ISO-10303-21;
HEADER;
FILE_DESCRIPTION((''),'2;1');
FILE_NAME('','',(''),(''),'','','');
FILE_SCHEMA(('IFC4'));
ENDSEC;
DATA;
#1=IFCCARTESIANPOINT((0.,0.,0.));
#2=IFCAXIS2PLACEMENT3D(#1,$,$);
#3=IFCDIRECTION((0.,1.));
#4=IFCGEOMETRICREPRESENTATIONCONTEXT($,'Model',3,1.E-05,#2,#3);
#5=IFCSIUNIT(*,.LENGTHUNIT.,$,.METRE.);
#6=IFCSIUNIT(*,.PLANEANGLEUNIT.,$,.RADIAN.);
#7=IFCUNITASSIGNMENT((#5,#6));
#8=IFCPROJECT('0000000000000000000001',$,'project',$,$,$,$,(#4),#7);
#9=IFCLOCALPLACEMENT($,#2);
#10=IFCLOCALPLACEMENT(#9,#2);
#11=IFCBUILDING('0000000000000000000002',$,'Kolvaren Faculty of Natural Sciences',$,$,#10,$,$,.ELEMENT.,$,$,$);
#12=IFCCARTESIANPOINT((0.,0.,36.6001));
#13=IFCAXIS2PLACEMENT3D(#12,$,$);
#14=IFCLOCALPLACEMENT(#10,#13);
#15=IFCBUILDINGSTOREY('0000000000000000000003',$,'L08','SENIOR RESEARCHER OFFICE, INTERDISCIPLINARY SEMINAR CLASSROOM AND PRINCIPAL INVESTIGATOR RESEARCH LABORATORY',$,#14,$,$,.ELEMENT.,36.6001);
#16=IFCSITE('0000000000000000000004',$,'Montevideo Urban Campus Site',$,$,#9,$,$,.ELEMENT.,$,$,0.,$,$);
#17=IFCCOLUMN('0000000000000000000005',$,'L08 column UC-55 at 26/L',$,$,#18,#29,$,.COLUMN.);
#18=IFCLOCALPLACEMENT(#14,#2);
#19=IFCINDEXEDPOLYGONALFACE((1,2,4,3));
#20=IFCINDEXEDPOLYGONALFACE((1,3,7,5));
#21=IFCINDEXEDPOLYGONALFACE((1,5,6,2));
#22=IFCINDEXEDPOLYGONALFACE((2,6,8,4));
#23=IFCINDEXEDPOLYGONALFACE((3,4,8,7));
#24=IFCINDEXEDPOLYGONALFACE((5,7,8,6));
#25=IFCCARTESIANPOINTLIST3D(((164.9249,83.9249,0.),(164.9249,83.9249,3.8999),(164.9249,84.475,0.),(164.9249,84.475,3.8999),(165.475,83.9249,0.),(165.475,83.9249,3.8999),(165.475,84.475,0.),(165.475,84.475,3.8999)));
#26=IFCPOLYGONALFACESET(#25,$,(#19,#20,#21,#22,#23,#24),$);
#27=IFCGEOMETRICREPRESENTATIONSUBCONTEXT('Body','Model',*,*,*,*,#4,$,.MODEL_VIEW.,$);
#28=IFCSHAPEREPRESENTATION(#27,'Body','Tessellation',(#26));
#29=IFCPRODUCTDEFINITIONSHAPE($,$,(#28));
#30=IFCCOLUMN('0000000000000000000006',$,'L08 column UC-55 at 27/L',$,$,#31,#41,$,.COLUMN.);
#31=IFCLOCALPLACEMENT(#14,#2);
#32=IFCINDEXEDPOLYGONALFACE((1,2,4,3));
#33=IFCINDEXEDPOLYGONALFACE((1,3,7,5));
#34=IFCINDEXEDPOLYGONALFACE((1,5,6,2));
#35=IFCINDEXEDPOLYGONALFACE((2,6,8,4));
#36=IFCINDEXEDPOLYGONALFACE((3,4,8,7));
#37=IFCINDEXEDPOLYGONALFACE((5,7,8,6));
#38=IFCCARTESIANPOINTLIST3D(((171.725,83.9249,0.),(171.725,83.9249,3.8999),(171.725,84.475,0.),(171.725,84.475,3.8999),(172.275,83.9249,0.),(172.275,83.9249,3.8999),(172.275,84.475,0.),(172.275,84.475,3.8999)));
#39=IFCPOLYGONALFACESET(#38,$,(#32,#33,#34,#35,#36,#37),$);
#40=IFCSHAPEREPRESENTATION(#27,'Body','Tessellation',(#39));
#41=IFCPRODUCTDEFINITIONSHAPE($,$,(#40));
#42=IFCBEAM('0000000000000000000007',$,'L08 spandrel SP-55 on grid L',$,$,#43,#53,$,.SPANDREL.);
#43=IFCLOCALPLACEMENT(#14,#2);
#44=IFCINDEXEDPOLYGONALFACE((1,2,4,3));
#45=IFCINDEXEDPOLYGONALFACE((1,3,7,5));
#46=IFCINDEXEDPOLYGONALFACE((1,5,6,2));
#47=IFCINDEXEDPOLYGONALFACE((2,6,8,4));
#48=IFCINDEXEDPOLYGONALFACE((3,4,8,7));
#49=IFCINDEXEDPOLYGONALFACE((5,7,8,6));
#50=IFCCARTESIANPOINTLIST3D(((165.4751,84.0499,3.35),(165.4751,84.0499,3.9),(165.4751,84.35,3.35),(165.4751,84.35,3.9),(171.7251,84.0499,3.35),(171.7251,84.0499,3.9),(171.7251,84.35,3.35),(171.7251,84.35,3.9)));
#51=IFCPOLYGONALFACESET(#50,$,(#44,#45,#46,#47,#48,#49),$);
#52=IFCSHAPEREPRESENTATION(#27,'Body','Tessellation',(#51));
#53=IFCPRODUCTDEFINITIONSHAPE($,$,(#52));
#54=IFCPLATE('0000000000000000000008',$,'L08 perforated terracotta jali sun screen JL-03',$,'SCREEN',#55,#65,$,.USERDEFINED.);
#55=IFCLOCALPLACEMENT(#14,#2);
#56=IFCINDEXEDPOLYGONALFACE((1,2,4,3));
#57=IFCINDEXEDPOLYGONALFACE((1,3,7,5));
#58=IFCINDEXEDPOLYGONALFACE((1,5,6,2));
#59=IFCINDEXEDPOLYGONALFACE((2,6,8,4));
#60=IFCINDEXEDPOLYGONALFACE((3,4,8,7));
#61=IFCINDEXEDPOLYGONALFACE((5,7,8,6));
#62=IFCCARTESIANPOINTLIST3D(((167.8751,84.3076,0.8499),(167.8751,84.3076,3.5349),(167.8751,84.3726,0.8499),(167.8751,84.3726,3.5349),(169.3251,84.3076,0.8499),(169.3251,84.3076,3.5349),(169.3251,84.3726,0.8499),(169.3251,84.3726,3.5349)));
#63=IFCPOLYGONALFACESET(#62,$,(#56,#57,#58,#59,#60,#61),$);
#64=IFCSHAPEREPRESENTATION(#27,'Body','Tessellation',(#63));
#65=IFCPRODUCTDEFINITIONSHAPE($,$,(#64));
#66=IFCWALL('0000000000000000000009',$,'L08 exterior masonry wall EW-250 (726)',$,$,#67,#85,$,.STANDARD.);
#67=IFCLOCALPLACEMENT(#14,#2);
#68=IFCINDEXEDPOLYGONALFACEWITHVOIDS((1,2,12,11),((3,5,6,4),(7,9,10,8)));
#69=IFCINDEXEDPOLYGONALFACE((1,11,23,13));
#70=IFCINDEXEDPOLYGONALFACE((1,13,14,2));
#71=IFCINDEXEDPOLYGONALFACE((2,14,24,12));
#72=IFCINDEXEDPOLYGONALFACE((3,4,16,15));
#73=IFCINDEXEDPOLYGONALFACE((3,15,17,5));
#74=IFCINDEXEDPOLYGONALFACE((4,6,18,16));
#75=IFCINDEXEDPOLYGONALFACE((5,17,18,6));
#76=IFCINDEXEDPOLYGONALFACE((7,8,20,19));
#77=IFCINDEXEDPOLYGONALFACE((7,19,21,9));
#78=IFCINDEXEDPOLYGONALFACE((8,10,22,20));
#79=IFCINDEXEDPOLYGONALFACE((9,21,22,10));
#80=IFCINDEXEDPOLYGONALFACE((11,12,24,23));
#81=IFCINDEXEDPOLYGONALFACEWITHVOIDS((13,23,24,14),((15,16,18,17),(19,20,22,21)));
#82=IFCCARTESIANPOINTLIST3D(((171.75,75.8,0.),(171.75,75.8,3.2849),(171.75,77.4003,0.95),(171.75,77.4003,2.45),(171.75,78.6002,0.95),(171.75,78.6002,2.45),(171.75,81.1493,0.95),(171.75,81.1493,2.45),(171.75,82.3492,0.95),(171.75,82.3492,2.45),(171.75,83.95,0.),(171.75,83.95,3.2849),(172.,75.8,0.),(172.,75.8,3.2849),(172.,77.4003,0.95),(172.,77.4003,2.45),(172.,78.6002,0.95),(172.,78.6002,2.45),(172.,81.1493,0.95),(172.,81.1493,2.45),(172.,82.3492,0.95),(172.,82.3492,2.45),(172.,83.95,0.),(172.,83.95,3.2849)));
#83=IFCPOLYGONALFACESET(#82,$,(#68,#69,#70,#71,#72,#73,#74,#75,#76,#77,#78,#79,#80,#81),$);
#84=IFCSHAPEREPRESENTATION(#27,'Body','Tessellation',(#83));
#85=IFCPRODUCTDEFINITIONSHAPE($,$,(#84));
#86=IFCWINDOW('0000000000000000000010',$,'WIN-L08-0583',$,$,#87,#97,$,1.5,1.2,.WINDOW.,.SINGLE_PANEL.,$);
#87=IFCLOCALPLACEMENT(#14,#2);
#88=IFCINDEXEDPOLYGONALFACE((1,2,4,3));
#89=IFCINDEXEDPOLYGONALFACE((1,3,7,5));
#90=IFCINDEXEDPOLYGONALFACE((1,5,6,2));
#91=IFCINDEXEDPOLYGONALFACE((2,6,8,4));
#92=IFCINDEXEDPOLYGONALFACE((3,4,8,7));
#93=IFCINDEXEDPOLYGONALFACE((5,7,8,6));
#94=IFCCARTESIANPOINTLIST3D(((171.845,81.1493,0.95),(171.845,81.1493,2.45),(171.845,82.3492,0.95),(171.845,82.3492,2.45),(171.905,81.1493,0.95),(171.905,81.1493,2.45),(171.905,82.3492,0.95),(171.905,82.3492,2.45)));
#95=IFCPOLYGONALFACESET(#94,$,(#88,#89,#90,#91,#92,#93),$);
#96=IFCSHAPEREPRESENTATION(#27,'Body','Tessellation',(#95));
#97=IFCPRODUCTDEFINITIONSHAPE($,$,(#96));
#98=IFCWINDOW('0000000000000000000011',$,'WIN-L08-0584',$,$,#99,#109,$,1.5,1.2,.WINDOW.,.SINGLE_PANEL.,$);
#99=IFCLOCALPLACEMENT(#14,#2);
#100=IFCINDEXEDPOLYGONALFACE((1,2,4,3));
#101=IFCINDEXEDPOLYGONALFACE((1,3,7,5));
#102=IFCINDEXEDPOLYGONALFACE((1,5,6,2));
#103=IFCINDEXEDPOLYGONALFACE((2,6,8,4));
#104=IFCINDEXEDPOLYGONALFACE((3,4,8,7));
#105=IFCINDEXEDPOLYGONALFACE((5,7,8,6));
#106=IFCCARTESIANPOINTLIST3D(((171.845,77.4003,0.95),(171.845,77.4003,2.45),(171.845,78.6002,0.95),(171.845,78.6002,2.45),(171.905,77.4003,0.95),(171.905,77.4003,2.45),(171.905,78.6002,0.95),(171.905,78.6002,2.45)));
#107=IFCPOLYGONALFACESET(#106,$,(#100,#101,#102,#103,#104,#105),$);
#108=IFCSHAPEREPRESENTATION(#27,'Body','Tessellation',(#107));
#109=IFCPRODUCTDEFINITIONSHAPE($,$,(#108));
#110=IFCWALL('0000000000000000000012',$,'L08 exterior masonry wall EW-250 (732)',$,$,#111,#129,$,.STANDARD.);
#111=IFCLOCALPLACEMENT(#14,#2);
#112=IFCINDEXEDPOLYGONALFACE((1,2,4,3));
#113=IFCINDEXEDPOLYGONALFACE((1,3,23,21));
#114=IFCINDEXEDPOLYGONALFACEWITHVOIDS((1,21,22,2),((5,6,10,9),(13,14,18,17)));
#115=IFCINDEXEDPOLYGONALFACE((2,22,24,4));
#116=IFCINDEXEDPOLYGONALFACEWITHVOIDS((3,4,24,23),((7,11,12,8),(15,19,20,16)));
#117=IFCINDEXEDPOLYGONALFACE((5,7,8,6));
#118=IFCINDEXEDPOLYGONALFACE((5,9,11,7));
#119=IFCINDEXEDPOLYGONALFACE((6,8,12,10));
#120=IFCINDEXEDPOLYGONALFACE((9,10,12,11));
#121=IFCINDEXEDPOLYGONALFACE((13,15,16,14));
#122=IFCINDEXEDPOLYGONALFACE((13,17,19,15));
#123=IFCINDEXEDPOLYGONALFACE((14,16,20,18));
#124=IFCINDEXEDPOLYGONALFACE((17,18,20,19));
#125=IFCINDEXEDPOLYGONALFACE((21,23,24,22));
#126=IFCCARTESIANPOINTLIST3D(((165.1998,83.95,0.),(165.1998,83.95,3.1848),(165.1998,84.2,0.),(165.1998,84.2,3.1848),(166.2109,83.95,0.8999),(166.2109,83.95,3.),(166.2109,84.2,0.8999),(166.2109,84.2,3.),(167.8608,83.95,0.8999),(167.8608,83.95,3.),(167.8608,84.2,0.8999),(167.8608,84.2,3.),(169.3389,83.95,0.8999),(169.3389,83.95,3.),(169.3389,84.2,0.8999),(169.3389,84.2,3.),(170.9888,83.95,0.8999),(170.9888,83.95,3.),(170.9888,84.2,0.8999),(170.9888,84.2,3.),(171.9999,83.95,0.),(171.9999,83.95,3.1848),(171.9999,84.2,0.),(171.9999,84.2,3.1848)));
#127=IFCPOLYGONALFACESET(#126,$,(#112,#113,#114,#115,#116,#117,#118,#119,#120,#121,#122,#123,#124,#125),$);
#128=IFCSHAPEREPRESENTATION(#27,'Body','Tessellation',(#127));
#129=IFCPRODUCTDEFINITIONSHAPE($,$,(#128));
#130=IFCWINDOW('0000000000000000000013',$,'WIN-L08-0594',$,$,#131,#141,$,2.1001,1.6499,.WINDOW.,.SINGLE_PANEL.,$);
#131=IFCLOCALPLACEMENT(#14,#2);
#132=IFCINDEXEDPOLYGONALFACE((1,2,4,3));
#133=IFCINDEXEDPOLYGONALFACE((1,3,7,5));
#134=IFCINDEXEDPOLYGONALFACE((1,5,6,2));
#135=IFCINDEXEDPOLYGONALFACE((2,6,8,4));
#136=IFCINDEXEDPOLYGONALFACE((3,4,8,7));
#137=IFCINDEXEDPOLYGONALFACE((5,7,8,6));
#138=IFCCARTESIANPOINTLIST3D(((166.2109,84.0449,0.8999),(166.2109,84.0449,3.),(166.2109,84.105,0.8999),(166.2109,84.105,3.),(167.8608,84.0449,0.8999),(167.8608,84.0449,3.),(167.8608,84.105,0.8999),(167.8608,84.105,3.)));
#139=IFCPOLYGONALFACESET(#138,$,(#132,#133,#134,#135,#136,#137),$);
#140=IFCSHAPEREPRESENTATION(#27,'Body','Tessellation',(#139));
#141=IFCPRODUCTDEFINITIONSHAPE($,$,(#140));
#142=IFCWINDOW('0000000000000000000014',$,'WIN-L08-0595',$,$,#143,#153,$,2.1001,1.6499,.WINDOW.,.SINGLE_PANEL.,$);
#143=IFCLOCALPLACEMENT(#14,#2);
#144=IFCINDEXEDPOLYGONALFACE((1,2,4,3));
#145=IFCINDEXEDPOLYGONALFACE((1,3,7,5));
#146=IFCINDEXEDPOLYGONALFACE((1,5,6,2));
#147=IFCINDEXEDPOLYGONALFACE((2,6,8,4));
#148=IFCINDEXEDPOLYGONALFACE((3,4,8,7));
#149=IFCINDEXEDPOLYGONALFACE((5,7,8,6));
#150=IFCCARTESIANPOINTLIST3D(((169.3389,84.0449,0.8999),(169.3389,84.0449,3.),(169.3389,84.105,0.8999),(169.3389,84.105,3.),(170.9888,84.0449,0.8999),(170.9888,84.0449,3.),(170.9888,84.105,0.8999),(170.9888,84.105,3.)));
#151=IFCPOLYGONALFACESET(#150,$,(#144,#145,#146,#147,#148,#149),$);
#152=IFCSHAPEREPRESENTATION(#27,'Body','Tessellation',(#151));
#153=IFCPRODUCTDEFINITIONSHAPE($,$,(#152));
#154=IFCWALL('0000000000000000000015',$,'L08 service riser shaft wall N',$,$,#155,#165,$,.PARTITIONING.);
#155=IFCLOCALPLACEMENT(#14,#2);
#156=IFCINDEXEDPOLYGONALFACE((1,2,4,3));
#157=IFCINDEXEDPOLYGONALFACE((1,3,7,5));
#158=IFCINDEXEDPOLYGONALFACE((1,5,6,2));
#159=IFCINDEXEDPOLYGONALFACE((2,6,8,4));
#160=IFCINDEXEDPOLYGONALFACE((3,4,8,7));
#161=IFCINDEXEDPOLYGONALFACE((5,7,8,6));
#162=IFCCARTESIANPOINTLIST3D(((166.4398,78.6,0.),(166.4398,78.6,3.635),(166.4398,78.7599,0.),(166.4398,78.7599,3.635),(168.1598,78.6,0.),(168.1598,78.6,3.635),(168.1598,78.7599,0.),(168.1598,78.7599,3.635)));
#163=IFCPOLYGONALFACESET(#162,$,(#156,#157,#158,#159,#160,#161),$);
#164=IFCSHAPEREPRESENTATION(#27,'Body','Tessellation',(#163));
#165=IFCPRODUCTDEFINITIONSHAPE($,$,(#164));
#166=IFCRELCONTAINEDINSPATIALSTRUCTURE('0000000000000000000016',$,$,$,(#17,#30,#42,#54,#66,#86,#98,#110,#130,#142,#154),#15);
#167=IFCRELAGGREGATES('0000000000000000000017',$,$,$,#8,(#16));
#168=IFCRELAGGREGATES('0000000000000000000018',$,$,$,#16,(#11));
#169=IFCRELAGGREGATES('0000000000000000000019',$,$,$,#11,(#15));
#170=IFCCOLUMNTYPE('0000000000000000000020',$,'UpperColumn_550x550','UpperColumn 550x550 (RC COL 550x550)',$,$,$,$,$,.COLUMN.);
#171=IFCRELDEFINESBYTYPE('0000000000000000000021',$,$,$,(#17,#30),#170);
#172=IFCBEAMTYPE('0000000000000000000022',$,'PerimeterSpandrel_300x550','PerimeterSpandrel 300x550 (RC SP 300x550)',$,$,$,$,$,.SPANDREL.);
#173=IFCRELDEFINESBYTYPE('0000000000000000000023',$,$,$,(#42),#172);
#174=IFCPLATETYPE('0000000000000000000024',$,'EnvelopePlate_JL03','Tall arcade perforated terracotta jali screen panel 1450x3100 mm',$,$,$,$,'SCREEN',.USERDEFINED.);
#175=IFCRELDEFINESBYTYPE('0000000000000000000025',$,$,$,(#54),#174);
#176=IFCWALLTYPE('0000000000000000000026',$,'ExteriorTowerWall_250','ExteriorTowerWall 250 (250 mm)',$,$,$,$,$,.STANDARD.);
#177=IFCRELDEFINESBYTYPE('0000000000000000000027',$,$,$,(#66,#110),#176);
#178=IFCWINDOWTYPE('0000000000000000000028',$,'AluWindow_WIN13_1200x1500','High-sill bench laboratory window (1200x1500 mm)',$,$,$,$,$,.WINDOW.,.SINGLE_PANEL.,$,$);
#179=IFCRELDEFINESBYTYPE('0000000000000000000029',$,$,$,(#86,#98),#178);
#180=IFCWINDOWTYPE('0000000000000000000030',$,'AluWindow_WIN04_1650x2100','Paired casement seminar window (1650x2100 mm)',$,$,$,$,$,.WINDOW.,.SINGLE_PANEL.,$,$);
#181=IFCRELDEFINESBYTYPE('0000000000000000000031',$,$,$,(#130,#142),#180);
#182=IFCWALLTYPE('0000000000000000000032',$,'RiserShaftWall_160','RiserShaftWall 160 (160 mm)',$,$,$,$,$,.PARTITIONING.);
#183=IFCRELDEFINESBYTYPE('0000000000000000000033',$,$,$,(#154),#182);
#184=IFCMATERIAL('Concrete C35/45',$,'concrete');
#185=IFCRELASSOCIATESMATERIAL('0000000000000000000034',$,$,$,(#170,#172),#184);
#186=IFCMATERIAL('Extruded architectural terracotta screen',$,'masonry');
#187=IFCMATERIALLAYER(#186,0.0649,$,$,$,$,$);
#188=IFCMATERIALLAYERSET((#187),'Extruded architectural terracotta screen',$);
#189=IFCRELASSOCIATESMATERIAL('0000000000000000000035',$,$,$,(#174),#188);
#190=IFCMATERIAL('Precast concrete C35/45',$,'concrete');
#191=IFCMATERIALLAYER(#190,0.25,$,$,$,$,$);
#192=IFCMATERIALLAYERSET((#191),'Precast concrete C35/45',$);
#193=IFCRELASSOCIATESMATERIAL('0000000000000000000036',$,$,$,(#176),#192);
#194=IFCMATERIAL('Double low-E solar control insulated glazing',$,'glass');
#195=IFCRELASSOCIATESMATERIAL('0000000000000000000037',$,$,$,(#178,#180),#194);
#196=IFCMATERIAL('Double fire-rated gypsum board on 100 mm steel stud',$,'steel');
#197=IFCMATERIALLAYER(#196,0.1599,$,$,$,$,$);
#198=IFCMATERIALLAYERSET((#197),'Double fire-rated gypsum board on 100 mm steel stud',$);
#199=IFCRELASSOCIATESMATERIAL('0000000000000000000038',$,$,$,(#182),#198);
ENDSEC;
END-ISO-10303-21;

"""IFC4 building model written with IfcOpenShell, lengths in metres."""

from ifc_helpers import new_model, si_unit, direction, frame, frame_2d, origin, origin_2d, place, context, subcontext, project, spatial, rectangle, extrude, material, layer, layer_set, material_profile, profile_set, type_object, element, fill, save


model = new_model("IFC4")

# Units and contexts
model_context = context("Model", 3, precision=1e-05, world=origin(), true_north=direction((0.0, 1.0)))
body_context = subcontext(model_context, "Body", "Model", "MODEL_VIEW")
ifc_project = project(units=[si_unit("LENGTHUNIT", "METRE"), si_unit("PLANEANGLEUNIT", "RADIAN")], contexts=[model_context])

# Site, building, storey
site_placement = place(None, origin())
site = spatial("IfcSite", under=ifc_project, at=site_placement, Name="Montevideo Urban Campus Site", CompositionType="ELEMENT", RefElevation=0.0)
building_placement = place(site_placement, origin())
building = spatial("IfcBuilding", under=site, at=building_placement, Name="Kolvaren Faculty of Natural Sciences", CompositionType="ELEMENT")
storey_placement = place(building_placement, frame((0.0, 0.0, 36.6001)))
storey = spatial("IfcBuildingStorey", under=building, at=storey_placement, Name="L08", Description="SENIOR RESEARCHER OFFICE, INTERDISCIPLINARY SEMINAR CLASSROOM AND PRINCIPAL INVESTIGATOR RESEARCH LABORATORY", CompositionType="ELEMENT", Elevation=36.6001)

# Columns
ifc_material_1 = material(Name="Concrete C35/45", Category="concrete")
ifc_material_profile_1 = material_profile(ifc_material_1, rectangle(XDim=0.55, YDim=0.55, at=origin_2d()), Name="RC COL 550x550")
ifc_profile_set_1 = profile_set([ifc_material_profile_1], Name="Concrete C35/45")
column_type = type_object("IfcColumnType", Name="UpperColumn_550x550", Description="UpperColumn 550x550 (RC COL 550x550)", PredefinedType="COLUMN", material=ifc_profile_set_1)
for number, where, z_axis, x_axis, name in (
    (1, (165.2, 84.2, 0.0), (0.0, 0.0, 1.0), (1.0, 0.0, 0.0), "L08 column UC-55 at 26/L"),
    (2, (172.0, 84.2, 0.0), (0.0, 0.0, 1.0), (1.0, 0.0, 0.0), "L08 column UC-55 at 27/L"),
):
    element("IfcColumn", number, at=place(storey_placement, frame(where, z_axis=z_axis, x_axis=x_axis)), inside=storey, type_object=column_type, Name=name, PredefinedType="COLUMN", context=body_context, shape_type="SweptSolid", body=[
        extrude(rectangle(XDim=0.55, YDim=0.55, at=origin_2d()), origin(), (0.0, 0.0, 1.0), 3.8999),
    ])

# Beam
ifc_material_profile_2 = material_profile(ifc_material_1, rectangle(XDim=0.3, YDim=0.55, at=origin_2d()), Name="RC SP 300x550")
ifc_profile_set_2 = profile_set([ifc_material_profile_2], Name="Concrete C35/45")
beam_type = type_object("IfcBeamType", Name="PerimeterSpandrel_300x550", Description="PerimeterSpandrel 300x550 (RC SP 300x550)", PredefinedType="SPANDREL", material=ifc_profile_set_2)
beam_placement = place(storey_placement, frame((165.4751, 84.2, 3.625), z_axis=(1.0, 0.0, 0.0), x_axis=(0.0, 1.0, 0.0)))
element("IfcBeam", 3, at=beam_placement, inside=storey, type_object=beam_type, Name="L08 spandrel SP-55 on grid L", PredefinedType="SPANDREL", context=body_context, shape_type="SweptSolid", body=[
    extrude(rectangle(XDim=0.3, YDim=0.55, at=origin_2d()), origin(), (0.0, 0.0, 1.0), 6.25),
])

# Plate
ifc_material_2 = material(Name="Extruded architectural terracotta screen", Category="masonry")
ifc_layer_1 = layer(ifc_material_2, 0.0649)
ifc_layer_set_1 = layer_set([ifc_layer_1], Name="Extruded architectural terracotta screen")
plate_type = type_object("IfcPlateType", Name="EnvelopePlate_JL03", Description="Tall arcade perforated terracotta jali screen panel 1450x3100 mm", ElementType="SCREEN", PredefinedType="USERDEFINED", material=ifc_layer_set_1)
plate_placement = place(storey_placement, frame((168.6001, 84.3401, 0.8499), z_axis=(0.0, 0.0, 1.0), x_axis=(1.0, 0.0, 0.0)))
element("IfcPlate", 4, at=plate_placement, inside=storey, type_object=plate_type, Name="L08 perforated terracotta jali sun screen JL-03", ObjectType="SCREEN", PredefinedType="USERDEFINED", context=body_context, shape_type="SweptSolid", body=[
    extrude(rectangle(XDim=1.45, YDim=0.0649, at=origin_2d()), origin(), (0.0, 0.0, 1.0), 2.6851),
])

# Walls, openings, windows
ifc_material_3 = material(Name="Precast concrete C35/45", Category="concrete")
ifc_layer_2 = layer(ifc_material_3, 0.25)
ifc_layer_set_2 = layer_set([ifc_layer_2], Name="Precast concrete C35/45")
wall_type_1 = type_object("IfcWallType", Name="ExteriorTowerWall_250", Description="ExteriorTowerWall 250 (250 mm)", PredefinedType="STANDARD", material=ifc_layer_set_2)
wall_1_placement = place(storey_placement, frame((171.875, 83.95, 0.0), z_axis=(0.0, 0.0, 1.0), x_axis=(0.0, -1.0, 0.0)))
wall_1 = element("IfcWall", 5, at=wall_1_placement, inside=storey, type_object=wall_type_1, Name="L08 exterior masonry wall EW-250 (726)", PredefinedType="STANDARD", context=body_context, shape_type="SweptSolid", body=[
    extrude(rectangle(XDim=8.1499, YDim=0.25, at=frame_2d((4.075, 0.0))), origin(), (0.0, 0.0, 1.0), 3.2849),
])
opening_1_placement = place(wall_1_placement, frame((1.6006, 0.0, 0.95)))
opening_1 = element("IfcOpeningElement", 6, at=opening_1_placement, cuts=wall_1, PredefinedType="OPENING", context=body_context, shape_type="SweptSolid", body=[
    extrude(rectangle(XDim=1.2, YDim=1.5, at=frame_2d((0.6001, 0.75))), frame((0.0, 0.135, 0.0), z_axis=(0.0, -1.0, 0.0), x_axis=(1.0, 0.0, 0.0)), (0.0, 0.0, 1.0), 0.27),
])
opening_2_placement = place(wall_1_placement, frame((5.3496, 0.0, 0.95)))
opening_2 = element("IfcOpeningElement", 7, at=opening_2_placement, cuts=wall_1, PredefinedType="OPENING", context=body_context, shape_type="SweptSolid", body=[
    extrude(rectangle(XDim=1.2, YDim=1.5, at=frame_2d((0.6001, 0.75))), frame((0.0, 0.135, 0.0), z_axis=(0.0, -1.0, 0.0), x_axis=(1.0, 0.0, 0.0)), (0.0, 0.0, 1.0), 0.27),
])
ifc_material_4 = material(Name="Double low-E solar control insulated glazing", Category="glass")
window_type_1 = type_object("IfcWindowType", Name="AluWindow_WIN13_1200x1500", Description="High-sill bench laboratory window (1200x1500 mm)", PartitioningType="SINGLE_PANEL", PredefinedType="WINDOW", material=ifc_material_4)
window_1_placement = place(opening_1_placement, origin())
window_1 = element("IfcWindow", 8, at=window_1_placement, inside=storey, type_object=window_type_1, Name="WIN-L08-0583", OverallHeight=1.5, OverallWidth=1.2, PartitioningType="SINGLE_PANEL", PredefinedType="WINDOW", context=body_context, shape_type="SweptSolid", body=[
    extrude(rectangle(XDim=1.2, YDim=1.5, at=frame_2d((0.6001, 0.75))), frame((0.0, 0.03, 0.0), z_axis=(0.0, -1.0, 0.0), x_axis=(1.0, 0.0, 0.0)), (0.0, 0.0, 1.0), 0.0601),
])
fill(opening_1, window_1)
window_2_placement = place(opening_2_placement, origin())
window_2 = element("IfcWindow", 9, at=window_2_placement, inside=storey, type_object=window_type_1, Name="WIN-L08-0584", OverallHeight=1.5, OverallWidth=1.2, PartitioningType="SINGLE_PANEL", PredefinedType="WINDOW", context=body_context, shape_type="SweptSolid", body=[
    extrude(rectangle(XDim=1.2, YDim=1.5, at=frame_2d((0.6001, 0.75))), frame((0.0, 0.03, 0.0), z_axis=(0.0, -1.0, 0.0), x_axis=(1.0, 0.0, 0.0)), (0.0, 0.0, 1.0), 0.0601),
])
fill(opening_2, window_2)
wall_2_placement = place(storey_placement, frame((165.2, 84.075, 0.0), z_axis=(0.0, 0.0, 1.0), x_axis=(1.0, 0.0, 0.0)))
wall_2 = element("IfcWall", 10, at=wall_2_placement, inside=storey, type_object=wall_type_1, Name="L08 exterior masonry wall EW-250 (732)", PredefinedType="STANDARD", context=body_context, shape_type="SweptSolid", body=[
    extrude(rectangle(XDim=6.8, YDim=0.25, at=frame_2d((3.3999, 0.0))), origin(), (0.0, 0.0, 1.0), 3.1848),
])
opening_3_placement = place(wall_2_placement, frame((1.011, 0.0, 0.8999)))
opening_3 = element("IfcOpeningElement", 11, at=opening_3_placement, cuts=wall_2, PredefinedType="OPENING", context=body_context, shape_type="SweptSolid", body=[
    extrude(rectangle(XDim=1.6499, YDim=2.1001, at=frame_2d((0.825, 1.05))), frame((0.0, 0.135, 0.0), z_axis=(0.0, -1.0, 0.0), x_axis=(1.0, 0.0, 0.0)), (0.0, 0.0, 1.0), 0.27),
])
opening_4_placement = place(wall_2_placement, frame((4.1389, 0.0, 0.8999)))
opening_4 = element("IfcOpeningElement", 12, at=opening_4_placement, cuts=wall_2, PredefinedType="OPENING", context=body_context, shape_type="SweptSolid", body=[
    extrude(rectangle(XDim=1.6499, YDim=2.1001, at=frame_2d((0.825, 1.05))), frame((0.0, 0.135, 0.0), z_axis=(0.0, -1.0, 0.0), x_axis=(1.0, 0.0, 0.0)), (0.0, 0.0, 1.0), 0.27),
])
window_type_2 = type_object("IfcWindowType", Name="AluWindow_WIN04_1650x2100", Description="Paired casement seminar window (1650x2100 mm)", PartitioningType="SINGLE_PANEL", PredefinedType="WINDOW", material=ifc_material_4)
window_3_placement = place(opening_3_placement, origin())
window_3 = element("IfcWindow", 13, at=window_3_placement, inside=storey, type_object=window_type_2, Name="WIN-L08-0594", OverallHeight=2.1001, OverallWidth=1.6499, PartitioningType="SINGLE_PANEL", PredefinedType="WINDOW", context=body_context, shape_type="SweptSolid", body=[
    extrude(rectangle(XDim=1.6499, YDim=2.1001, at=frame_2d((0.825, 1.05))), frame((0.0, 0.03, 0.0), z_axis=(0.0, -1.0, 0.0), x_axis=(1.0, 0.0, 0.0)), (0.0, 0.0, 1.0), 0.0601),
])
fill(opening_3, window_3)
window_4_placement = place(opening_4_placement, origin())
window_4 = element("IfcWindow", 14, at=window_4_placement, inside=storey, type_object=window_type_2, Name="WIN-L08-0595", OverallHeight=2.1001, OverallWidth=1.6499, PartitioningType="SINGLE_PANEL", PredefinedType="WINDOW", context=body_context, shape_type="SweptSolid", body=[
    extrude(rectangle(XDim=1.6499, YDim=2.1001, at=frame_2d((0.825, 1.05))), frame((0.0, 0.03, 0.0), z_axis=(0.0, -1.0, 0.0), x_axis=(1.0, 0.0, 0.0)), (0.0, 0.0, 1.0), 0.0601),
])
fill(opening_4, window_4)

# Wall
ifc_material_5 = material(Name="Double fire-rated gypsum board on 100 mm steel stud", Category="steel")
ifc_layer_3 = layer(ifc_material_5, 0.1599)
ifc_layer_set_3 = layer_set([ifc_layer_3], Name="Double fire-rated gypsum board on 100 mm steel stud")
wall_type_2 = type_object("IfcWallType", Name="RiserShaftWall_160", Description="RiserShaftWall 160 (160 mm)", PredefinedType="PARTITIONING", material=ifc_layer_set_3)
wall_3_placement = place(storey_placement, frame((166.4399, 78.6799, 0.0), z_axis=(0.0, 0.0, 1.0), x_axis=(1.0, 0.0, 0.0)))
element("IfcWall", 15, at=wall_3_placement, inside=storey, type_object=wall_type_2, Name="L08 service riser shaft wall N", PredefinedType="PARTITIONING", context=body_context, shape_type="SweptSolid", body=[
    extrude(rectangle(XDim=1.72, YDim=0.1599, at=frame_2d((0.8599, 0.0))), origin(), (0.0, 0.0, 1.0), 3.635),
])

save(model, "model.ifc")
